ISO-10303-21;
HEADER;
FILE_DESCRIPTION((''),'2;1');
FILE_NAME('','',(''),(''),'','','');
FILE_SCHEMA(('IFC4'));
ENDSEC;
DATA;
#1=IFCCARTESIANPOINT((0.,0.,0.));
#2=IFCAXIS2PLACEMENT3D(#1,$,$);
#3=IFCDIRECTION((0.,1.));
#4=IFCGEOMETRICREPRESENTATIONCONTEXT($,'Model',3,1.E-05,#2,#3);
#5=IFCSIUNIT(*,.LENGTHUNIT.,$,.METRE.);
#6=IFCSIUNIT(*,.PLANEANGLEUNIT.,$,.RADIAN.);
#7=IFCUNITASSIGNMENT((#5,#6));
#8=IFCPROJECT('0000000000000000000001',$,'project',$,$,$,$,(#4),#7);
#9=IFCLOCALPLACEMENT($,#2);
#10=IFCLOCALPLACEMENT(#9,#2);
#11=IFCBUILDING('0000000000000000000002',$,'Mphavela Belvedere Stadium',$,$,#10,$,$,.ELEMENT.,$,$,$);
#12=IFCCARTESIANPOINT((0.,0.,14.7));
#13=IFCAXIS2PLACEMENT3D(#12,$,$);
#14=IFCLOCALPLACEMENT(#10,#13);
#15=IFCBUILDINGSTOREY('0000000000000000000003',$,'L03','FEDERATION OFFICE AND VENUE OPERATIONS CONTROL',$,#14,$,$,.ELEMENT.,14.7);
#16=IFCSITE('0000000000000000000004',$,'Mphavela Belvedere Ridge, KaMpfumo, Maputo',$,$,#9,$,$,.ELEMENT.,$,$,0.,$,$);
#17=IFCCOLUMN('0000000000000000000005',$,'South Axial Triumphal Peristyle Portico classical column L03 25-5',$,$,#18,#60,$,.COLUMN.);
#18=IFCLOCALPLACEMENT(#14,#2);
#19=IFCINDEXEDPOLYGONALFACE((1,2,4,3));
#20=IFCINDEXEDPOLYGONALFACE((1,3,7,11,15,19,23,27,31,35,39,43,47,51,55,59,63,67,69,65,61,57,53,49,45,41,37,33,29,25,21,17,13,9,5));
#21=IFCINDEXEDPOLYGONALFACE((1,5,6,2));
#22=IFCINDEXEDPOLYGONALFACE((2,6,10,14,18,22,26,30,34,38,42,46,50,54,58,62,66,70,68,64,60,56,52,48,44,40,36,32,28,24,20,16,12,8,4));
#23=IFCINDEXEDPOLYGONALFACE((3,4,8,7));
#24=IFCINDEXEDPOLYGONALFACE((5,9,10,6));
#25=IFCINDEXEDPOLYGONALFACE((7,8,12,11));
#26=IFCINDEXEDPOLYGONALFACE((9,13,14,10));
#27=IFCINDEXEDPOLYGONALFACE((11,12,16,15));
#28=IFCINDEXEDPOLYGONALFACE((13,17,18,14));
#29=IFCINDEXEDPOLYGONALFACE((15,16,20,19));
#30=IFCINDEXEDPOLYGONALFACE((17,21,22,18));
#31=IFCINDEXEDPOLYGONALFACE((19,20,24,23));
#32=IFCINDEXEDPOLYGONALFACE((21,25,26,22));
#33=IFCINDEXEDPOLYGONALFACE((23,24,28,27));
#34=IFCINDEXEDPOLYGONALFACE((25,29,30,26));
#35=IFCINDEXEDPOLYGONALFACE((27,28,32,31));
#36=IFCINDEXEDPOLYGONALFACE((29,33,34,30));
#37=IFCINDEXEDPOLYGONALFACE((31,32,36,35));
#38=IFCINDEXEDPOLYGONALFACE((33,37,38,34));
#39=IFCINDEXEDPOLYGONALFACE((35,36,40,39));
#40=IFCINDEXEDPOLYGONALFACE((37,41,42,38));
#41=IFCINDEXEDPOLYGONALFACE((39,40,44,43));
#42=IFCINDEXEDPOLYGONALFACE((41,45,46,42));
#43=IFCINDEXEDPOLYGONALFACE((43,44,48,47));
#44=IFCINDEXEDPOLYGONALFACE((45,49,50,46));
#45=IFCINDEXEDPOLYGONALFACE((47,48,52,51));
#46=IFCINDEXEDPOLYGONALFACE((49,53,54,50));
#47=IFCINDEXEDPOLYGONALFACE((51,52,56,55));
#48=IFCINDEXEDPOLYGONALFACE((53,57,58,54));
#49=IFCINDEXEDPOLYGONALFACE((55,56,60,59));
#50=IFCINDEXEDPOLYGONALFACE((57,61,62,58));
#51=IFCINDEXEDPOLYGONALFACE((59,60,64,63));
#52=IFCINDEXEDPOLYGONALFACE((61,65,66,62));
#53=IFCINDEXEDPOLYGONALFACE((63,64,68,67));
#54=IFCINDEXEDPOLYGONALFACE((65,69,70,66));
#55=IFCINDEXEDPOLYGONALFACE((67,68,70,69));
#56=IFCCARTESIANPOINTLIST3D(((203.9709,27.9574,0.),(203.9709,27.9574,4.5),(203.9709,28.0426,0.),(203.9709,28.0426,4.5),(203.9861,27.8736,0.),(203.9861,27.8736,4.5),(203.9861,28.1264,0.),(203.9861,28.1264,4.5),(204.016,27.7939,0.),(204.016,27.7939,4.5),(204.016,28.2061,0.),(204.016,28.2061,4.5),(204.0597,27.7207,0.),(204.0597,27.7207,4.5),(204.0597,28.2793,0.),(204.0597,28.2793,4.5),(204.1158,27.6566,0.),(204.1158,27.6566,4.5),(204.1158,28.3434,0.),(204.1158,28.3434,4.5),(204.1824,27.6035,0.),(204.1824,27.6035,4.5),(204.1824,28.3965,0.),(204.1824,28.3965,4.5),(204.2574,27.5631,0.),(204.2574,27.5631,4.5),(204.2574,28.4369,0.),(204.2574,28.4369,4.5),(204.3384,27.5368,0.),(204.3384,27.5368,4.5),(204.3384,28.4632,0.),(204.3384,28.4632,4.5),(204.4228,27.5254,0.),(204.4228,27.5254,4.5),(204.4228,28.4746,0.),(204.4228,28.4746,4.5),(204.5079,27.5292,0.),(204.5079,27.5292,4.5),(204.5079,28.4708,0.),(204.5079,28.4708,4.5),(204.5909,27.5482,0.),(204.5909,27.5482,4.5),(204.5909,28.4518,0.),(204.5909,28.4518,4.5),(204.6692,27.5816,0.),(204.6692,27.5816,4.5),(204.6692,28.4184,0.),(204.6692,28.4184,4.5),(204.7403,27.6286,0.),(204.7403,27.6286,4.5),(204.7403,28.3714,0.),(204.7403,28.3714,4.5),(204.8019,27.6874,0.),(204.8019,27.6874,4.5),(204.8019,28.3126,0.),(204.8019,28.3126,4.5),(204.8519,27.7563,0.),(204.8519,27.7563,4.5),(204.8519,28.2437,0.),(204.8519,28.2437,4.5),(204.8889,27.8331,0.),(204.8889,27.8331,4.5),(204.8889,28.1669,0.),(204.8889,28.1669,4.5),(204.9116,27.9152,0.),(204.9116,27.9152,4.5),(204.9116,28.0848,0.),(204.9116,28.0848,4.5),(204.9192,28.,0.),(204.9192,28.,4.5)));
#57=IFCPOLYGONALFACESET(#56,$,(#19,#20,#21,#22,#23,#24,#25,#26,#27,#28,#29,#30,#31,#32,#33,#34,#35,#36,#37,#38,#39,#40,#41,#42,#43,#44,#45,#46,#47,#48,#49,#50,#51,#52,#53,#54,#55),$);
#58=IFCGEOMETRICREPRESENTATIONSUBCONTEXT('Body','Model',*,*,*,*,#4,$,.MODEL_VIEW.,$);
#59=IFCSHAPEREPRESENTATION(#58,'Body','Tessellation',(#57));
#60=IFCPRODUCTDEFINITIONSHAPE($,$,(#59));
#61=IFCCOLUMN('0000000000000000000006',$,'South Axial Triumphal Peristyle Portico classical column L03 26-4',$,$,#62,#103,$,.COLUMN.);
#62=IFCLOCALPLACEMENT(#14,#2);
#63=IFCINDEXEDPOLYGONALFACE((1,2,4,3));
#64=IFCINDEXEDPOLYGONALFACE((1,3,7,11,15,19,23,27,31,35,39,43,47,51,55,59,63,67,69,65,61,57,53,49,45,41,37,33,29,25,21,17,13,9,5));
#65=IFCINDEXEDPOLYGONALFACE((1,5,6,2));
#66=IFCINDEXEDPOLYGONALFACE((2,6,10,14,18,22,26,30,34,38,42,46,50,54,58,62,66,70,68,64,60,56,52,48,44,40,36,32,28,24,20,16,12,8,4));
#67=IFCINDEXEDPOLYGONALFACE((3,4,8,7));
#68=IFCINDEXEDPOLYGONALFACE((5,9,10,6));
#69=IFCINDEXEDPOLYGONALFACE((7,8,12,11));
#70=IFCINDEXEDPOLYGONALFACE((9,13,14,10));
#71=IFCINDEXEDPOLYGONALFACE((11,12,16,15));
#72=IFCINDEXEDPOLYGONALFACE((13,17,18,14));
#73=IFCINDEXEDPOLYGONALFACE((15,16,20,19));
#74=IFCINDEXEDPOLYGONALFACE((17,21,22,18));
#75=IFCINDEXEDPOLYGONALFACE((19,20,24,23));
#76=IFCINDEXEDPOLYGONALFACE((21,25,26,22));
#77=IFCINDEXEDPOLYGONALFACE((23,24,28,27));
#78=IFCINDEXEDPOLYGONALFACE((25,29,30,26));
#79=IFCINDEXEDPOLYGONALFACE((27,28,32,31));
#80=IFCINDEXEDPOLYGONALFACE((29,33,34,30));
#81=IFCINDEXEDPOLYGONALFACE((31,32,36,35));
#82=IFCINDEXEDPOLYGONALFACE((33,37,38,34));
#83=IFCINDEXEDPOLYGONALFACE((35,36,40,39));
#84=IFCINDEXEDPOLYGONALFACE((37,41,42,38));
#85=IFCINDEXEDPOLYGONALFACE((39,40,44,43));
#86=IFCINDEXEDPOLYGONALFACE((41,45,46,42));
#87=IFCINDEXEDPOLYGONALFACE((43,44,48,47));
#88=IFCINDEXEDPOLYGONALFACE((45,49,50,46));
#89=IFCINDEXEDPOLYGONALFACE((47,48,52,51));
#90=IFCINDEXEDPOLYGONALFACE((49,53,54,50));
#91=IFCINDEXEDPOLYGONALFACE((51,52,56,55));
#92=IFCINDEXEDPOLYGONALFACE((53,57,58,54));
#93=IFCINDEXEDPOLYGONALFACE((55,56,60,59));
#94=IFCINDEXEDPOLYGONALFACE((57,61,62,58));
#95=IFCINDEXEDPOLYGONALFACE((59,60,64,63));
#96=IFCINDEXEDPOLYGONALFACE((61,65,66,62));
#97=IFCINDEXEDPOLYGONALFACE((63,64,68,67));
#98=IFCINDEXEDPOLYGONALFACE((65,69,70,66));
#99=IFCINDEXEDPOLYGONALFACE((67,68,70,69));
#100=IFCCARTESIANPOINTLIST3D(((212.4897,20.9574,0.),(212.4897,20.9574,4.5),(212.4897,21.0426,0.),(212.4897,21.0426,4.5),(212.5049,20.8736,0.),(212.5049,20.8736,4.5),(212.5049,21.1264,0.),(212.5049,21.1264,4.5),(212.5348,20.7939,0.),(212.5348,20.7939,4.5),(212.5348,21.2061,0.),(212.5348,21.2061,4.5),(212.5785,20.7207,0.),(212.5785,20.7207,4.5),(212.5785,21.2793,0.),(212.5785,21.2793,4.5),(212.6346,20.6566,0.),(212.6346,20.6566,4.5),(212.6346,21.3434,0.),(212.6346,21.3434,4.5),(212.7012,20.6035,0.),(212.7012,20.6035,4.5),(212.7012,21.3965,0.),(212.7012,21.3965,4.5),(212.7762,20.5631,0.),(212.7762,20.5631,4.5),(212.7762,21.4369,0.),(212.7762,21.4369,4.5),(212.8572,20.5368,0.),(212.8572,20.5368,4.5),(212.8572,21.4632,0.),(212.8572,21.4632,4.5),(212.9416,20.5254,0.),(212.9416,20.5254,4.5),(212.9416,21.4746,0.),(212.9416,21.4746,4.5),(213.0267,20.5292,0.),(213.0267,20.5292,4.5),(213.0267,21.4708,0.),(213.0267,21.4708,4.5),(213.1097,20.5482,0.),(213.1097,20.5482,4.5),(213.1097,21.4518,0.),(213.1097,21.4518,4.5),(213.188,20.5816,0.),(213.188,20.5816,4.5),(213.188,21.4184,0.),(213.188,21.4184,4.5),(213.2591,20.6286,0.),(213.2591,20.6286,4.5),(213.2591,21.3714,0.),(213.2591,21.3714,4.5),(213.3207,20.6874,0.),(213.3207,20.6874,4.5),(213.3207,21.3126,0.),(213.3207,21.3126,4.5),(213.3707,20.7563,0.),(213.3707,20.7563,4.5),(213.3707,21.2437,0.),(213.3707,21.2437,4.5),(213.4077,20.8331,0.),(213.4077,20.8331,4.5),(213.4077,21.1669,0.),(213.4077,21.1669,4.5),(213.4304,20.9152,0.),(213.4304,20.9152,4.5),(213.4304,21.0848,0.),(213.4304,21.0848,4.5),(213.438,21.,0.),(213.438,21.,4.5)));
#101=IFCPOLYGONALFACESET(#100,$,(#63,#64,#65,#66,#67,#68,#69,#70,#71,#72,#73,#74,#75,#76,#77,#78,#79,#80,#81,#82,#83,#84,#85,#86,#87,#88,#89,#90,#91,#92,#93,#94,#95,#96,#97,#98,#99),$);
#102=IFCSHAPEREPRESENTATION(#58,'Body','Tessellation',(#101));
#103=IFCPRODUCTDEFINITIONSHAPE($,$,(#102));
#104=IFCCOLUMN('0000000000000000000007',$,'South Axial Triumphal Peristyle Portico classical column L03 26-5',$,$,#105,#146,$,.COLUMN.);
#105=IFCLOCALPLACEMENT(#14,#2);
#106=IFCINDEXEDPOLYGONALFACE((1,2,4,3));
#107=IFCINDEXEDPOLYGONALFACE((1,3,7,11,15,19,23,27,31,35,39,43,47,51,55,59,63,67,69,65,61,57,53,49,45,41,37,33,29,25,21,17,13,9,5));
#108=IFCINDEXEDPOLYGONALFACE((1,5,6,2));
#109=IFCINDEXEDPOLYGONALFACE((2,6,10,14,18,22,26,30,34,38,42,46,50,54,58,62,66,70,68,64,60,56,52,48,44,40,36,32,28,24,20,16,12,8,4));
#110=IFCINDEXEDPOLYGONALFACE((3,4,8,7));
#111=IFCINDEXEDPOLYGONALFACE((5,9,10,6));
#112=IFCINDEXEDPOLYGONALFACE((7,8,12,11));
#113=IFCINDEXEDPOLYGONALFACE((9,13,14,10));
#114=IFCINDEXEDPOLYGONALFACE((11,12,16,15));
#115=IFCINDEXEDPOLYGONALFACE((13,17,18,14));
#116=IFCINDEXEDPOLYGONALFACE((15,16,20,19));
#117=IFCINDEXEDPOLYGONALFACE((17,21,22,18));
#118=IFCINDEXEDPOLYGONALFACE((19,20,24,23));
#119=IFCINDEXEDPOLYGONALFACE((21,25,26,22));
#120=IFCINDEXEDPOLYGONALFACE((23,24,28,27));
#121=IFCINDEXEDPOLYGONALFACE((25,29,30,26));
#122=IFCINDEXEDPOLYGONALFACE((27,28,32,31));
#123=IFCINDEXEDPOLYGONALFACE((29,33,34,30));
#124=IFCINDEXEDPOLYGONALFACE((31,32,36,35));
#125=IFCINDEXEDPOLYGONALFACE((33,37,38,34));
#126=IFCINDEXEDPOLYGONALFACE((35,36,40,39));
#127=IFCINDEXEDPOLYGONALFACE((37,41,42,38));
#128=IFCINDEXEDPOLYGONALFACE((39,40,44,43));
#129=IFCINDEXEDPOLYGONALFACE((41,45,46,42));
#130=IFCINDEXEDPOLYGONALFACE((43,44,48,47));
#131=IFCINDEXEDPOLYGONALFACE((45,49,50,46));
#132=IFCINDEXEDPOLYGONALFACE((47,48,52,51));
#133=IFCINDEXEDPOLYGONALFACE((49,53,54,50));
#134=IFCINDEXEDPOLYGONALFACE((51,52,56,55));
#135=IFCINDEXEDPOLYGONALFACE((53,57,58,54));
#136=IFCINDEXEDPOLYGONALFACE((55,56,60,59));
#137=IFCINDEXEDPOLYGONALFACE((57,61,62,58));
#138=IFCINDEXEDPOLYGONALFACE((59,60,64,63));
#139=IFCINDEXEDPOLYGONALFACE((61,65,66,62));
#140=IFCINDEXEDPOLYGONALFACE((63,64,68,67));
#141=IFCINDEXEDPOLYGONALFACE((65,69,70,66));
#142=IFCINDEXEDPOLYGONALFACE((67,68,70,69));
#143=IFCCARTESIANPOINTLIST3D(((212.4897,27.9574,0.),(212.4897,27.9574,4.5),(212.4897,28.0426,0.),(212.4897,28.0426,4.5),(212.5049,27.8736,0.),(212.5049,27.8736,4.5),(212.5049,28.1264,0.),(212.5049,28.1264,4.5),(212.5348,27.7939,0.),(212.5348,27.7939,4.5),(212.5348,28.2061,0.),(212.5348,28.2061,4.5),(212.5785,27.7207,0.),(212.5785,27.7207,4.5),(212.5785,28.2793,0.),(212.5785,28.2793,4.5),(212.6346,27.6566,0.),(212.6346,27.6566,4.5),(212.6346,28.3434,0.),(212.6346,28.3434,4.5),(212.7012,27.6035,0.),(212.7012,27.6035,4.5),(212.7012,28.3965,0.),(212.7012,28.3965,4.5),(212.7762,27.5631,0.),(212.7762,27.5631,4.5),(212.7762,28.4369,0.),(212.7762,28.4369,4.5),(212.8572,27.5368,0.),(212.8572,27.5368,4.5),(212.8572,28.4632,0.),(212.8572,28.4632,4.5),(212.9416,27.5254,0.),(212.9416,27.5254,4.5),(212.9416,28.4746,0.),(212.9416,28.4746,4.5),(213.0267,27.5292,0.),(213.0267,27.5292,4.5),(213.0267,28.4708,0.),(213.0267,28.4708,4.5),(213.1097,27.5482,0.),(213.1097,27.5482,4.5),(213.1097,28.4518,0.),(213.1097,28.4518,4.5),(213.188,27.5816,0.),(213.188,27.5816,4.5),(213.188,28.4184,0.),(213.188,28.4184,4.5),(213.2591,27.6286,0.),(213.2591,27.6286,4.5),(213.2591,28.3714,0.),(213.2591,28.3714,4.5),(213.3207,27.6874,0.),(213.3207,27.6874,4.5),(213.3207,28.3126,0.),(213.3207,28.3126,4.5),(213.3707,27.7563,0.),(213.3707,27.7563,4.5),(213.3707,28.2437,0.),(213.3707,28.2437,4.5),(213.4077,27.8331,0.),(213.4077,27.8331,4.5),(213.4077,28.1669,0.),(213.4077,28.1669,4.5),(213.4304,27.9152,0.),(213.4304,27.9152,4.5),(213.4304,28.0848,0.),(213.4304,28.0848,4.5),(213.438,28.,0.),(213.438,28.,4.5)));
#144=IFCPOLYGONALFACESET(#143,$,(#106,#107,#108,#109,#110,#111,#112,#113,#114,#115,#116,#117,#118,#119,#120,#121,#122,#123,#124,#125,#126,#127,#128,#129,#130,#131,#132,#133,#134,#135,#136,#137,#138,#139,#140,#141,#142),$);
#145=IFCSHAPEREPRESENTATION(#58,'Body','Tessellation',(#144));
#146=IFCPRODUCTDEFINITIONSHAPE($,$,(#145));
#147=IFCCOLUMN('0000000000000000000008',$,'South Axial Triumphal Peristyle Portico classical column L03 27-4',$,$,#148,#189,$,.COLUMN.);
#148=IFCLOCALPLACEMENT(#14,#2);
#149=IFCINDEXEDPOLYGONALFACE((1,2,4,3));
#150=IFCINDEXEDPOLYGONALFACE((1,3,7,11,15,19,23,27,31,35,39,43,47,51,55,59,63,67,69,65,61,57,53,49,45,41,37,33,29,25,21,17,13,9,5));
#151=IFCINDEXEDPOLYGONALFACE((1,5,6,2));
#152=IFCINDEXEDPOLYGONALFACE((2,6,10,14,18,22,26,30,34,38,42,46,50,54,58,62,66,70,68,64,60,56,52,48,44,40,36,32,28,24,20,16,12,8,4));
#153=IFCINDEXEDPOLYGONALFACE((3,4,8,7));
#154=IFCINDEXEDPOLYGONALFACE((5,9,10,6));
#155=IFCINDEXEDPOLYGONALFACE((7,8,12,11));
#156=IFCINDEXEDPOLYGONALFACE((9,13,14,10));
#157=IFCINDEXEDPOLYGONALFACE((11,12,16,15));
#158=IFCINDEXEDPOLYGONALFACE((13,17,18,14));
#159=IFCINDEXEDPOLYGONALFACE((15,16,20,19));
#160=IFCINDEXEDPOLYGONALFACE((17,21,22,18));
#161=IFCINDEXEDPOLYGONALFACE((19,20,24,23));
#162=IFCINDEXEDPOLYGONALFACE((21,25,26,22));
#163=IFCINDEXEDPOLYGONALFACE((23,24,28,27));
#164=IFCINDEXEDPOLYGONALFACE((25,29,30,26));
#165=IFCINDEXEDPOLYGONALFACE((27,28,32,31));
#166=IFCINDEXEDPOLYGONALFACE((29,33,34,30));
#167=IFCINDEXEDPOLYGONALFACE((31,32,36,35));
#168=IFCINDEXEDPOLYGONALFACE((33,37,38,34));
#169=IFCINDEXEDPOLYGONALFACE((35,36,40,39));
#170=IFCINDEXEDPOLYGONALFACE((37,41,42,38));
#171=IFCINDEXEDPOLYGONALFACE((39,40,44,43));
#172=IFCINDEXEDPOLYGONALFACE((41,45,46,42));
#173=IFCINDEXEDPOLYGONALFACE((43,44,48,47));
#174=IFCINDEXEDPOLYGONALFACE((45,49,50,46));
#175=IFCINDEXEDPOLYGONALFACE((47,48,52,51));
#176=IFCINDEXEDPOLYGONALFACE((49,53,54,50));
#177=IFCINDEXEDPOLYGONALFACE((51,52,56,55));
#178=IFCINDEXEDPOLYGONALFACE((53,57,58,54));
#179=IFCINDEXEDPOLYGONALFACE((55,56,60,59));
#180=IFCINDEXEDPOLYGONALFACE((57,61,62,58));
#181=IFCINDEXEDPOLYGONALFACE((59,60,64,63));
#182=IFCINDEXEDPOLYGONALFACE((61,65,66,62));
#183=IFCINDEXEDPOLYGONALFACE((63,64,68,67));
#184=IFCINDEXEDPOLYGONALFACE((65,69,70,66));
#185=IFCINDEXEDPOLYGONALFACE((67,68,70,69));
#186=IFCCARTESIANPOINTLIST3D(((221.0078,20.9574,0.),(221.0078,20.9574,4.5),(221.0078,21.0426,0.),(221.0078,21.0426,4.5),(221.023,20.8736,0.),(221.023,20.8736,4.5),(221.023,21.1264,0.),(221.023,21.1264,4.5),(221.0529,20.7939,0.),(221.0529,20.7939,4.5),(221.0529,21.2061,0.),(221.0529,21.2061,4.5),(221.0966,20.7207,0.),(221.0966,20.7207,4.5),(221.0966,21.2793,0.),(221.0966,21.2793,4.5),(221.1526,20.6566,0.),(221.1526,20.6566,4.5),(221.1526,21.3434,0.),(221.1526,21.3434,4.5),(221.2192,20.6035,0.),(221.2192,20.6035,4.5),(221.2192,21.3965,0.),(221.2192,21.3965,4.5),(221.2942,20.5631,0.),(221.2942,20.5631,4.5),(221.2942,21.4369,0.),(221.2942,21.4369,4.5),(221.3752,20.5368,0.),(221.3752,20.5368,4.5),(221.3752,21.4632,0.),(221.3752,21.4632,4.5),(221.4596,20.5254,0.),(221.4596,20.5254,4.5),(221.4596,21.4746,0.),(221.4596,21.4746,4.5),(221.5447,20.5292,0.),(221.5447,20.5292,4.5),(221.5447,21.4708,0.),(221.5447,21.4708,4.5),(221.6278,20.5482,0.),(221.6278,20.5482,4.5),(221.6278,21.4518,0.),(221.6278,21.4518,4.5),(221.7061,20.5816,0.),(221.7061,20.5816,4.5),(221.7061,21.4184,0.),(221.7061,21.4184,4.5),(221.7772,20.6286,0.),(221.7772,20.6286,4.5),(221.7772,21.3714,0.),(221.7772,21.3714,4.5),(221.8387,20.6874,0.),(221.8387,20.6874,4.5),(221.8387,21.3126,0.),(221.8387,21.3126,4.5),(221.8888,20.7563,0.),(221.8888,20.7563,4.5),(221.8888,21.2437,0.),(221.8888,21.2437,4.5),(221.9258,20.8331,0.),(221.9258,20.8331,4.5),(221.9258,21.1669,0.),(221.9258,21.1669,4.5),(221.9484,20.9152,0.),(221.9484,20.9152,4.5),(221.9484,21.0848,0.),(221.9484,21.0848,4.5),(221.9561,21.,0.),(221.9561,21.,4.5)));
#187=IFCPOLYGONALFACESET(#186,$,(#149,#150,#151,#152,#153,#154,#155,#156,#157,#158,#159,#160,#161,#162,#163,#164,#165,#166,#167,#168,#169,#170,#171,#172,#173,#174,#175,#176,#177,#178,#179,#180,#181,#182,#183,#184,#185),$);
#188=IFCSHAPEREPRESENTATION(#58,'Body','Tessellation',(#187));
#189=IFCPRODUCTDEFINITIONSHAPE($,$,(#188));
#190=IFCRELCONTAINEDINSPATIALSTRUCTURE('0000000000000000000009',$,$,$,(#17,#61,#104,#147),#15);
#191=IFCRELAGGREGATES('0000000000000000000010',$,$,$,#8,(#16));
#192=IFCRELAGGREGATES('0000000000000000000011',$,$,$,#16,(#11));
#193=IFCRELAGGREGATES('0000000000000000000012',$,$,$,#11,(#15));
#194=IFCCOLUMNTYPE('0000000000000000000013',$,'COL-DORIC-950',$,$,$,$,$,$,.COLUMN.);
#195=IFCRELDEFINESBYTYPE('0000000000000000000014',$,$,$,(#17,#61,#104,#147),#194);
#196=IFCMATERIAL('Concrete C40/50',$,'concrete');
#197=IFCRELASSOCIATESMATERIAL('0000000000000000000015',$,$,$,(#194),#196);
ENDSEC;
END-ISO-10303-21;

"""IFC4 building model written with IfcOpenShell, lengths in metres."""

from ifc_helpers import new_model, si_unit, direction, frame, origin, origin_2d, place, context, subcontext, project, spatial, circle, extrude, material, material_profile, profile_set, type_object, element, save


model = new_model("IFC4")

# Units and contexts
model_context = context("Model", 3, precision=1e-05, world=origin(), true_north=direction((0.0, 1.0)))
body_context = subcontext(model_context, "Body", "Model", "MODEL_VIEW")
ifc_project = project(units=[si_unit("LENGTHUNIT", "METRE"), si_unit("PLANEANGLEUNIT", "RADIAN")], contexts=[model_context])

# Site, building, storey
site_placement = place(None, origin())
site = spatial("IfcSite", under=ifc_project, at=site_placement, Name="Mphavela Belvedere Ridge, KaMpfumo, Maputo", CompositionType="ELEMENT", RefElevation=0.0)
building_placement = place(site_placement, origin())
building = spatial("IfcBuilding", under=site, at=building_placement, Name="Mphavela Belvedere Stadium", CompositionType="ELEMENT")
storey_placement = place(building_placement, frame((0.0, 0.0, 14.7)))
storey = spatial("IfcBuildingStorey", under=building, at=storey_placement, Name="L03", Description="FEDERATION OFFICE AND VENUE OPERATIONS CONTROL", CompositionType="ELEMENT", Elevation=14.7)

# Columns
ifc_material_1 = material(Name="Concrete C40/50", Category="concrete")
ifc_material_profile_1 = material_profile(ifc_material_1, circle(Radius=0.4751, at=origin_2d()), Name="COL D950")
ifc_profile_set_1 = profile_set([ifc_material_profile_1], Name="Concrete C40/50")
column_type = type_object("IfcColumnType", Name="COL-DORIC-950", PredefinedType="COLUMN", material=ifc_profile_set_1)
for number, where, z_axis, x_axis, name in (
    (1, (204.4441, 28.0, 0.0), (0.0, 0.0, 1.0), (1.0, 0.0, 0.0), "South Axial Triumphal Peristyle Portico classical column L03 25-5"),
    (2, (212.9629, 21.0, 0.0), (0.0, 0.0, 1.0), (1.0, 0.0, 0.0), "South Axial Triumphal Peristyle Portico classical column L03 26-4"),
    (3, (212.9629, 28.0, 0.0), (0.0, 0.0, 1.0), (1.0, 0.0, 0.0), "South Axial Triumphal Peristyle Portico classical column L03 26-5"),
    (4, (221.481, 21.0, 0.0), (0.0, 0.0, 1.0), (1.0, 0.0, 0.0), "South Axial Triumphal Peristyle Portico classical column L03 27-4"),
):
    element("IfcColumn", number, at=place(storey_placement, frame(where, z_axis=z_axis, x_axis=x_axis)), inside=storey, type_object=column_type, Name=name, PredefinedType="COLUMN", context=body_context, shape_type="SweptSolid", body=[
        extrude(circle(Radius=0.4751, at=origin_2d()), origin(), (0.0, 0.0, 1.0), 4.5),
    ])

save(model, "model.ifc")
